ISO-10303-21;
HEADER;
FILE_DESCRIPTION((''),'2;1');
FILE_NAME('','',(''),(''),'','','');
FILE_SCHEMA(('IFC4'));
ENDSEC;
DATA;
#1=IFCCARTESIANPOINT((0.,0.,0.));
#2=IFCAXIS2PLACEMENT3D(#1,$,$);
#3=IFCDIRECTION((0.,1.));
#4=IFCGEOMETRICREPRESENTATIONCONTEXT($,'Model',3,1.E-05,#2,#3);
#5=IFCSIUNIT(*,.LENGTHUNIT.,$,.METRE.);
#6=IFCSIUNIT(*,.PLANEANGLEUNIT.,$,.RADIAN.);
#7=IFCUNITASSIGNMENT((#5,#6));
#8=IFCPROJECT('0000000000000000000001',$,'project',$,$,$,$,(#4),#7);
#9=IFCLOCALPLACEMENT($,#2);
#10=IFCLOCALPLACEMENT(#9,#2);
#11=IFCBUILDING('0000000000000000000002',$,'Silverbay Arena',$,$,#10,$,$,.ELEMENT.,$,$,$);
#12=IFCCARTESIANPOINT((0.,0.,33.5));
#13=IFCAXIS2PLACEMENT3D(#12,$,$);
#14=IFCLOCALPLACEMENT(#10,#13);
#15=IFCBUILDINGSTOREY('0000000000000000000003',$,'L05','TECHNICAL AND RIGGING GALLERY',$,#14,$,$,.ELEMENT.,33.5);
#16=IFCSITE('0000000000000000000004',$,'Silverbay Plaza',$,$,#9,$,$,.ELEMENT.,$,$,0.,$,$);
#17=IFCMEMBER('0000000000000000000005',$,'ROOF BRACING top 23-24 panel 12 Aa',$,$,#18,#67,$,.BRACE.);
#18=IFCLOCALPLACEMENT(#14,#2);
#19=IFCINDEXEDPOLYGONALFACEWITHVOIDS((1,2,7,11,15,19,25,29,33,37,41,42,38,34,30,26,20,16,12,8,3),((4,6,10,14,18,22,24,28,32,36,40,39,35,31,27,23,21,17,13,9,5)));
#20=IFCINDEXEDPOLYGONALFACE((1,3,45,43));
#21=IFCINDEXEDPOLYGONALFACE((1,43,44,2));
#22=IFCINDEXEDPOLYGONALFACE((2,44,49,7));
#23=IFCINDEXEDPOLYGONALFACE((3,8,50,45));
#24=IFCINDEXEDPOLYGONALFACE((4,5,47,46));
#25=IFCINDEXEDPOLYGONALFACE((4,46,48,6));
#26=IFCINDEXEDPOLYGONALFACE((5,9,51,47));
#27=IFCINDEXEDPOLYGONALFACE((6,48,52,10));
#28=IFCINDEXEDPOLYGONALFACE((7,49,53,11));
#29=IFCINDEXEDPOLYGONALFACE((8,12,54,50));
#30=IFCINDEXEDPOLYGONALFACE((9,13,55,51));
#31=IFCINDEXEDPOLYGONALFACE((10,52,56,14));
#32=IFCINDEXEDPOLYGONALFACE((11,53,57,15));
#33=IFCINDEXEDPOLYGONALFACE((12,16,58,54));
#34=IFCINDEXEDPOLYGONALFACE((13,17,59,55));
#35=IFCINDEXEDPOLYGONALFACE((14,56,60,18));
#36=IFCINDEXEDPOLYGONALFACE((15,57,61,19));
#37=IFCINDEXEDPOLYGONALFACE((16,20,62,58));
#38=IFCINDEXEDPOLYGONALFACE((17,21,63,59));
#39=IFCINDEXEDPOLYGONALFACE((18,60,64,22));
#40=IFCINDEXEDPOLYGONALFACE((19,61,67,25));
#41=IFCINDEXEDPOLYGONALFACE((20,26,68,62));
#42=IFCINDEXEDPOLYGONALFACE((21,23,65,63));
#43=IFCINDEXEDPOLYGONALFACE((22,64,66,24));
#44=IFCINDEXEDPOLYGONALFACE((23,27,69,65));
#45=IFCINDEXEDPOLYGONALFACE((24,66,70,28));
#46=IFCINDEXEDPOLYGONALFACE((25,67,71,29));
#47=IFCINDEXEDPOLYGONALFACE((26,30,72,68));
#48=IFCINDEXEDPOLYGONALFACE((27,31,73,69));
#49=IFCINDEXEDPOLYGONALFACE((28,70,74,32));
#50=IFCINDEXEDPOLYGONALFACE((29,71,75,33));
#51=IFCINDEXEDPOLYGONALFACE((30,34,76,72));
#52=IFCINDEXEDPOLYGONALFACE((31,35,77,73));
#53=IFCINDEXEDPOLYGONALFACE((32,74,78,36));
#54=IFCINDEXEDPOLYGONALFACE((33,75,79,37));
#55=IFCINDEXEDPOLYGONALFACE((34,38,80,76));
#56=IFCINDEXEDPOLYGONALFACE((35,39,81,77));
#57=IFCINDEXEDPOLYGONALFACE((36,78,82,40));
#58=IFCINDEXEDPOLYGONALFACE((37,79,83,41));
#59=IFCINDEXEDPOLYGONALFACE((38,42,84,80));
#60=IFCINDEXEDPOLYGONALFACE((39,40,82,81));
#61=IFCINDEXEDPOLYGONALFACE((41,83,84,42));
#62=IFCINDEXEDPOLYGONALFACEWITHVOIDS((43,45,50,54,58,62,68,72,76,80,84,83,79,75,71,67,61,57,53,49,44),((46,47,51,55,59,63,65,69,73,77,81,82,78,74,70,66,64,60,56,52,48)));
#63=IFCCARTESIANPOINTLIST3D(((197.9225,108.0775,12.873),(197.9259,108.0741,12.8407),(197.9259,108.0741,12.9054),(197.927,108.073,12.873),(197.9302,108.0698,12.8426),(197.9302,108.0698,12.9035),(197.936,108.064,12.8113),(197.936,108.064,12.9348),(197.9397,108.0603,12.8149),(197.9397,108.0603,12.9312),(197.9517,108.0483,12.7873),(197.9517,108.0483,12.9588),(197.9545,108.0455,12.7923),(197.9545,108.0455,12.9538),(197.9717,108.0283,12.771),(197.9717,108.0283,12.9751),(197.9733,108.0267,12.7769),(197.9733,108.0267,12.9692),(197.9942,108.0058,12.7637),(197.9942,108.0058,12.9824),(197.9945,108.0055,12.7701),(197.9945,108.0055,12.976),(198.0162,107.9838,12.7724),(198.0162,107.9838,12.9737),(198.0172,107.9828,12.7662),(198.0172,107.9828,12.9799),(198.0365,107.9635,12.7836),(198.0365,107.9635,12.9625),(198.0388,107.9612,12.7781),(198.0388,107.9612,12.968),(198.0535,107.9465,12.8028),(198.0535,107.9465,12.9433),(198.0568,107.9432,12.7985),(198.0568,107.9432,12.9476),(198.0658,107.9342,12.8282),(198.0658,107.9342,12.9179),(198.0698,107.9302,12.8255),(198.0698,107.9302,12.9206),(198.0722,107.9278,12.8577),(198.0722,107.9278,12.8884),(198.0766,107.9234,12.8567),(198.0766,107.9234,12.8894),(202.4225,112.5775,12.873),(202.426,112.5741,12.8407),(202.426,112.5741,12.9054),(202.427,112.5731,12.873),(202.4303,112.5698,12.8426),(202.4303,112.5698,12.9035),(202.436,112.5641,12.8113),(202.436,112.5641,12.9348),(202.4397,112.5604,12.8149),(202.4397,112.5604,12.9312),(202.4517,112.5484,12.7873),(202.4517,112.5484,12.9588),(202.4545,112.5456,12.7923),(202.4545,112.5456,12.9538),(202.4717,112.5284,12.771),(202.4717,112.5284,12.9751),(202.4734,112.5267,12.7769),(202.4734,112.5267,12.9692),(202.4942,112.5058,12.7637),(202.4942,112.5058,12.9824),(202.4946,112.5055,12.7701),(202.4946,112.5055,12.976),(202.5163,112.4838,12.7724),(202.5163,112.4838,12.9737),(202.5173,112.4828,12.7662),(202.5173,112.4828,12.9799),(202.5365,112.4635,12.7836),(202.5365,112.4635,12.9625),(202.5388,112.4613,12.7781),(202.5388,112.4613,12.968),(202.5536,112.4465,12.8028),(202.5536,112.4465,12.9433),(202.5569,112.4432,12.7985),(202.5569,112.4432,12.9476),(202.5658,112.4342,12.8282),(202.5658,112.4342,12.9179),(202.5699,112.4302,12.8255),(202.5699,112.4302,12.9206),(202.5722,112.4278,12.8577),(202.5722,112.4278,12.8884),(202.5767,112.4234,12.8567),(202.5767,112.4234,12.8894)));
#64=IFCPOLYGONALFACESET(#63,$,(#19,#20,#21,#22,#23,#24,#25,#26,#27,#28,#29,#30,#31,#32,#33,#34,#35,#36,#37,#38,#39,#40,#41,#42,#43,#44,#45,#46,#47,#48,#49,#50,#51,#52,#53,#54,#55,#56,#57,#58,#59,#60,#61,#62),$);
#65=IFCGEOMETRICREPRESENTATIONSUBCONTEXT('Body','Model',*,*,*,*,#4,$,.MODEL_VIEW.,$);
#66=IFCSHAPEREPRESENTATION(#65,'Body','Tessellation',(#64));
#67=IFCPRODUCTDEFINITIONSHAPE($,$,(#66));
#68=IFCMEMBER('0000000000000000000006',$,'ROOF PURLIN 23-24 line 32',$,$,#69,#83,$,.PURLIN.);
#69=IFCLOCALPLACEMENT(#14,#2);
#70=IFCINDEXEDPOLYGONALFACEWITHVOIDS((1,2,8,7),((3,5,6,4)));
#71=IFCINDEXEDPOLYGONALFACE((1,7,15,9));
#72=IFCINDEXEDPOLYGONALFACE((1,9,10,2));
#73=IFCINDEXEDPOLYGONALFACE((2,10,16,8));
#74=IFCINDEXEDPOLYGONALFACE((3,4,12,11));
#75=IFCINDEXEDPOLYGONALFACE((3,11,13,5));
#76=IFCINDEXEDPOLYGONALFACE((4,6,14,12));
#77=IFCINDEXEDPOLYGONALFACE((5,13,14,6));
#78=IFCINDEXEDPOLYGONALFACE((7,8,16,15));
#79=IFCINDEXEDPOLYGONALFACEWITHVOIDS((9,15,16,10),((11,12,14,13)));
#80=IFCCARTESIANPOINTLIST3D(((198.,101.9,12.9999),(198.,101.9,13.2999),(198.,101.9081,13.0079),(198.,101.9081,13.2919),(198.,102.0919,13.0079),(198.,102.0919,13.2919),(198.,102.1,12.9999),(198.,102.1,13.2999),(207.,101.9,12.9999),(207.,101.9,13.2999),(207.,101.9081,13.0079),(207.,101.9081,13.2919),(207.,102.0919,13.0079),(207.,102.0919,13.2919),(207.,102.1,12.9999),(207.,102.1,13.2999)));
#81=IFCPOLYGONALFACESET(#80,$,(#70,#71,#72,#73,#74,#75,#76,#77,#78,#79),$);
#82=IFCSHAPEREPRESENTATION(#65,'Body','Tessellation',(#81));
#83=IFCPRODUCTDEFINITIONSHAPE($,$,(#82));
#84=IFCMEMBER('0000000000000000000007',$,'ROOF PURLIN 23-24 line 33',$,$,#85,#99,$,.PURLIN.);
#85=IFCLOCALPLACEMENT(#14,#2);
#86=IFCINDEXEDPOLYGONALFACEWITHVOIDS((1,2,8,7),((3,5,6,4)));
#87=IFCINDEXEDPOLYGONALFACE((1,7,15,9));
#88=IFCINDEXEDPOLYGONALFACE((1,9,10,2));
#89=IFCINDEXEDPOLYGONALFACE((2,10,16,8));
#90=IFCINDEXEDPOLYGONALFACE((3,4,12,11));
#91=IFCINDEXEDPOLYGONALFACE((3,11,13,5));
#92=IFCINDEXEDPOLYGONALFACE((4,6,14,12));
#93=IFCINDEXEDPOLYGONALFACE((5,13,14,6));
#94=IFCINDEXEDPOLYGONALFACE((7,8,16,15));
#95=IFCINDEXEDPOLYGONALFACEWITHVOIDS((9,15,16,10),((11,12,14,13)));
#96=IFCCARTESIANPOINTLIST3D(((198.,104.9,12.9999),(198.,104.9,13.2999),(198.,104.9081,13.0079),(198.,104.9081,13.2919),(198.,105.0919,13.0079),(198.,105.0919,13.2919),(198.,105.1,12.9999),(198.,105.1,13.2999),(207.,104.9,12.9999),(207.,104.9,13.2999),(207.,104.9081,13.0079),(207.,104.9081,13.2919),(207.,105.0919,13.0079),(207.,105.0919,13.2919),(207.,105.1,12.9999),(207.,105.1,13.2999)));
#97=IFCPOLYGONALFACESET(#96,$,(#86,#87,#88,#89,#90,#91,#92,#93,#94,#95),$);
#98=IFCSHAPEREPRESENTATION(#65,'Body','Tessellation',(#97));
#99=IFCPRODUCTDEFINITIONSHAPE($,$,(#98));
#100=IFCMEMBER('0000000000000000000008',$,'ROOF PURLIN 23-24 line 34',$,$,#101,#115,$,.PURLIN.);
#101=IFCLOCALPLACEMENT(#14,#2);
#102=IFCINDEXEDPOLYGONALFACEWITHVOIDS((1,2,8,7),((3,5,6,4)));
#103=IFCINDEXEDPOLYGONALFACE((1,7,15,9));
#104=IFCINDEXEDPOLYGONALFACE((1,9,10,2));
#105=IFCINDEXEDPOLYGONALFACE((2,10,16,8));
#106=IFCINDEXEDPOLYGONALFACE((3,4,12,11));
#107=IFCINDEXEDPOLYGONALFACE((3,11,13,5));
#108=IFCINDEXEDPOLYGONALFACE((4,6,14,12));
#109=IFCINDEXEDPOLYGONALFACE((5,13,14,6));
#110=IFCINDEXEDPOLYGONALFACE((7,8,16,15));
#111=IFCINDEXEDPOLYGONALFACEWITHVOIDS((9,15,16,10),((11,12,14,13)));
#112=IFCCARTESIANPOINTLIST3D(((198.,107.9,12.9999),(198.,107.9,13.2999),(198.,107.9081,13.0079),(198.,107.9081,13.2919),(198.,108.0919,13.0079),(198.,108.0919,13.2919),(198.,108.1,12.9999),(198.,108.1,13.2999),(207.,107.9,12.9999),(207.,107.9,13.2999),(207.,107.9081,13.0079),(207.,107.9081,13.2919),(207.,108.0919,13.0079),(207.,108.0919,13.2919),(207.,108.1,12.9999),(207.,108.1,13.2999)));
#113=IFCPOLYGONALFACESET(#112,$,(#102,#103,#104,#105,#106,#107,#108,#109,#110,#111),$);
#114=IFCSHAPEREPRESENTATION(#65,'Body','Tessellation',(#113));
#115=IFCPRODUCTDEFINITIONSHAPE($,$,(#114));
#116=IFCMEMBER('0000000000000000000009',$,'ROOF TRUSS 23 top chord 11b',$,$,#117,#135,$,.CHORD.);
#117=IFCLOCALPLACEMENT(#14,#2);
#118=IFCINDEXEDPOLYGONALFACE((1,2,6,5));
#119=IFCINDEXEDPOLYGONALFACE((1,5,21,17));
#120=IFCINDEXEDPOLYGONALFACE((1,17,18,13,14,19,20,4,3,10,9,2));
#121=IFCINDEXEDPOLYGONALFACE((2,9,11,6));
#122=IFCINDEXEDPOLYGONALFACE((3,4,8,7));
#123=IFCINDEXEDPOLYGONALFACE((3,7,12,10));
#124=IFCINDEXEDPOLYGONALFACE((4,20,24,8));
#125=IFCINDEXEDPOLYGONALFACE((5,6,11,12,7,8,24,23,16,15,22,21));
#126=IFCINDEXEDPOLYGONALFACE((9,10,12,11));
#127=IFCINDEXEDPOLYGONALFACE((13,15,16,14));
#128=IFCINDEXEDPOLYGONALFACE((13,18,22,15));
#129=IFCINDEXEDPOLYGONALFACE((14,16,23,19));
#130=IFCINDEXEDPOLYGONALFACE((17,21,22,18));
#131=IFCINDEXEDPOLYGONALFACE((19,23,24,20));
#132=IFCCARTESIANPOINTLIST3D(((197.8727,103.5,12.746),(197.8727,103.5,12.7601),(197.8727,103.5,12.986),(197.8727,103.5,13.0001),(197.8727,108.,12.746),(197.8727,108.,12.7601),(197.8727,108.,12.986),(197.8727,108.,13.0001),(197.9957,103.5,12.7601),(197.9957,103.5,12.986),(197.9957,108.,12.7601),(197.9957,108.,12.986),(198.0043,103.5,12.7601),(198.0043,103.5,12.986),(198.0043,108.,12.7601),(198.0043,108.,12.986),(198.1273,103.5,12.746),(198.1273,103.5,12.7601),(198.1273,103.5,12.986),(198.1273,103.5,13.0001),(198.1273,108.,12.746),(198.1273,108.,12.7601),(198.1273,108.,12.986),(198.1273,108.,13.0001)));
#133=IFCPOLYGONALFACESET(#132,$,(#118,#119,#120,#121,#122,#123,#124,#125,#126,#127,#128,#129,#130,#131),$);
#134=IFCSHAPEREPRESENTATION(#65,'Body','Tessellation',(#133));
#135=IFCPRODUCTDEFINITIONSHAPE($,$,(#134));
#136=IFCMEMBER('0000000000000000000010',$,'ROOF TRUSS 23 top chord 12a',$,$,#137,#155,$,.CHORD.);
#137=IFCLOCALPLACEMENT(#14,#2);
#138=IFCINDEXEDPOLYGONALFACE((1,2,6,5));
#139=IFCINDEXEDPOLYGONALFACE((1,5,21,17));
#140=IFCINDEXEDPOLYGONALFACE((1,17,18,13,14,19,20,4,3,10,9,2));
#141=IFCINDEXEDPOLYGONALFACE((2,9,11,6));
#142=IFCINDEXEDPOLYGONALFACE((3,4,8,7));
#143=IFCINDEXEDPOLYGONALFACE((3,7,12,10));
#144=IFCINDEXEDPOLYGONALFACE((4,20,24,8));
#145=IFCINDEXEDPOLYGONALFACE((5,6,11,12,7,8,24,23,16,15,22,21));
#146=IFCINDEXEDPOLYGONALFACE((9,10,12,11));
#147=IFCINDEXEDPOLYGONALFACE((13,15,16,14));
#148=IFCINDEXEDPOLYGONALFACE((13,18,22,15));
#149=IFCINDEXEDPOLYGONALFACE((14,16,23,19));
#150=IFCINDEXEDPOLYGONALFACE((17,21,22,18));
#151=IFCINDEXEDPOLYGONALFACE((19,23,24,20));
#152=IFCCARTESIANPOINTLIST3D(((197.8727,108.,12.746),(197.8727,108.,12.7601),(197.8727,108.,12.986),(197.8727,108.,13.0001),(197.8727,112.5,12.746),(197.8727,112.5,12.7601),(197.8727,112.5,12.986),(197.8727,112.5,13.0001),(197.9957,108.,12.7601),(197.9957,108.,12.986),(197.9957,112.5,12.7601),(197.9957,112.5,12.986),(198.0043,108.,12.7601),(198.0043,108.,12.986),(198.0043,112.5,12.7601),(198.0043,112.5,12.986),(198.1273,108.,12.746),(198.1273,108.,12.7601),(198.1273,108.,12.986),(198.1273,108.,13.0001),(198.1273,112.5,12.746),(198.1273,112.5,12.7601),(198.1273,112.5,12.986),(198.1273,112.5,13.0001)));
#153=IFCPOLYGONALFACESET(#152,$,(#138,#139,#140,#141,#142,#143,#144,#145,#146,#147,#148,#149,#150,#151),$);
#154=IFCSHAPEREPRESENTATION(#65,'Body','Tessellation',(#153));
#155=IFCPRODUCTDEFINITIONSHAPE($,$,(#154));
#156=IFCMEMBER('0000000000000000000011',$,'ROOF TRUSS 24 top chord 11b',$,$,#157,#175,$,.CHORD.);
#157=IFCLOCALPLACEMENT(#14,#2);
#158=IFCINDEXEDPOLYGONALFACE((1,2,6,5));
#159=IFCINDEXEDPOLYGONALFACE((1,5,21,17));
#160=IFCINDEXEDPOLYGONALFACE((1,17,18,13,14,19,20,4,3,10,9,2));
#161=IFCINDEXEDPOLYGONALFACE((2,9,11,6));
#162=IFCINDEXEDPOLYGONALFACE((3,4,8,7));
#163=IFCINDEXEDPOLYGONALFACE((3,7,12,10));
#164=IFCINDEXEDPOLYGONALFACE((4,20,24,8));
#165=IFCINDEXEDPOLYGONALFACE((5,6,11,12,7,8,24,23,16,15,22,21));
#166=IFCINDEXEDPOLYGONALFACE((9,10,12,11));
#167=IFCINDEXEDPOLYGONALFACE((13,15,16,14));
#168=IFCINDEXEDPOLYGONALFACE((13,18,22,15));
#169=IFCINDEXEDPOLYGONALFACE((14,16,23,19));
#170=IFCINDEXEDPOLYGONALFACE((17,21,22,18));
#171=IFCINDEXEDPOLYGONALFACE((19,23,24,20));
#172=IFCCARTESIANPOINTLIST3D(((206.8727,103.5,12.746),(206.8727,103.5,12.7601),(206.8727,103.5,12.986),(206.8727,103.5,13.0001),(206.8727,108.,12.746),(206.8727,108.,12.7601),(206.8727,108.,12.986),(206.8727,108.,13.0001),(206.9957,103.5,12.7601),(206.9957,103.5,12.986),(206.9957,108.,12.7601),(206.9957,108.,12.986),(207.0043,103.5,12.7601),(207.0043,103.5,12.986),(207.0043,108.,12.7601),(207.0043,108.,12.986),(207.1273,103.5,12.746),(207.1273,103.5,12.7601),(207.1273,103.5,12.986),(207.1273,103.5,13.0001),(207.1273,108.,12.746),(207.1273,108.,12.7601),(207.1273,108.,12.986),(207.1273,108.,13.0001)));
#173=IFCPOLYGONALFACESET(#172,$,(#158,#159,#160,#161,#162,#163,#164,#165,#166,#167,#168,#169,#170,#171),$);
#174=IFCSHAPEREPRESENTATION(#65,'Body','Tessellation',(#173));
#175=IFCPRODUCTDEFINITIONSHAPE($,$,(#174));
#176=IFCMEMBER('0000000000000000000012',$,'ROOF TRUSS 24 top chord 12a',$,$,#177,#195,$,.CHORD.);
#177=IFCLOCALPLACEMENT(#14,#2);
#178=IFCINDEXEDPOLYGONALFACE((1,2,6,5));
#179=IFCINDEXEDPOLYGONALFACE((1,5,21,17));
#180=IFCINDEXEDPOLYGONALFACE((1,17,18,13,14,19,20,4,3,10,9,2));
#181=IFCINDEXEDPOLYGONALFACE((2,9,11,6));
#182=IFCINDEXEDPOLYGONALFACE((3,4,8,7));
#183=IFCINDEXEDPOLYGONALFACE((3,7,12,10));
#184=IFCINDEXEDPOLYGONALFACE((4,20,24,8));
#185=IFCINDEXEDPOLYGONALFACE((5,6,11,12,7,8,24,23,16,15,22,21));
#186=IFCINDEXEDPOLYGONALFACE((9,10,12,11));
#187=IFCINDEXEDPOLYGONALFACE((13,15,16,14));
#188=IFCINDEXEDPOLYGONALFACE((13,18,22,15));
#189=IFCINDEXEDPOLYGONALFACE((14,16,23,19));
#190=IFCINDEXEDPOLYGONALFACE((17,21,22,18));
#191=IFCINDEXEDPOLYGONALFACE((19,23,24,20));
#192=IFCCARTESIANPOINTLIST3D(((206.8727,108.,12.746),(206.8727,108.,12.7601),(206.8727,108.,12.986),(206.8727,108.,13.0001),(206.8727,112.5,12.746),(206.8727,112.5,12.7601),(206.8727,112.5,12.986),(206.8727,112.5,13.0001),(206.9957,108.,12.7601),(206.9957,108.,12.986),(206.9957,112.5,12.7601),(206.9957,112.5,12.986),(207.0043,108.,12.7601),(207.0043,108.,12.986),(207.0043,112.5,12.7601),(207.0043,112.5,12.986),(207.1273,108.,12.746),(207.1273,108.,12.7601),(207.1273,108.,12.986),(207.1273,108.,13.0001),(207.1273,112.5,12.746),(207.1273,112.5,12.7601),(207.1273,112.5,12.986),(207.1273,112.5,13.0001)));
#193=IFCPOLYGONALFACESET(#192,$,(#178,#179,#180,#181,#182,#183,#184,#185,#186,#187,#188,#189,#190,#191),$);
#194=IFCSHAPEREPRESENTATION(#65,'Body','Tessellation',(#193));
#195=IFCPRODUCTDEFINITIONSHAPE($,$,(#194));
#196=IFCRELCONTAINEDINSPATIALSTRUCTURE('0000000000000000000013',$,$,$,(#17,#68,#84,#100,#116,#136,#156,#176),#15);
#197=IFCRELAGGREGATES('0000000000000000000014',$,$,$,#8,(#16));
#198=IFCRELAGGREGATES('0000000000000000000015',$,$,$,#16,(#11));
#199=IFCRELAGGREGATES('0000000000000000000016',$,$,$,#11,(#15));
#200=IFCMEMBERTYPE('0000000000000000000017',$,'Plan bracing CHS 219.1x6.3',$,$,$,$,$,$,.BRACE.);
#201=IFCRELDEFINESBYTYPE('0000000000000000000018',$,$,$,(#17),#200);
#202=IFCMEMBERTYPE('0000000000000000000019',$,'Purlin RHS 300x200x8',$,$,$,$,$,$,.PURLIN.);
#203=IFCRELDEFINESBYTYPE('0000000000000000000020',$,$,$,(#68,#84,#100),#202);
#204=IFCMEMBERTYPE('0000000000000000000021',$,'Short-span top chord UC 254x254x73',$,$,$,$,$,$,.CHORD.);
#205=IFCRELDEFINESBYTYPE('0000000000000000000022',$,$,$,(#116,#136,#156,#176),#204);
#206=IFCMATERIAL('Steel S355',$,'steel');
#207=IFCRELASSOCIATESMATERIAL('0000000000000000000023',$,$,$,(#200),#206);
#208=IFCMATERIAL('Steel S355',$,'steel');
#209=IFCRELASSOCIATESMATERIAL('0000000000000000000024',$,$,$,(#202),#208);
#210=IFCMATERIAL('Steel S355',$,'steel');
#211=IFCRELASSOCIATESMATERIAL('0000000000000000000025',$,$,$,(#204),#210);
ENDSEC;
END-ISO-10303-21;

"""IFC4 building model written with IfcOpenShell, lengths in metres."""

from ifc_helpers import new_model, si_unit, direction, frame, origin, origin_2d, place, context, subcontext, project, spatial, hollow_rectangle, hollow_circle, i_section, extrude, material, material_profile, profile_set, type_object, element, save


model = new_model("IFC4")

# Units and contexts
model_context = context("Model", 3, precision=1e-05, world=origin(), true_north=direction((0.0, 1.0)))
body_context = subcontext(model_context, "Body", "Model", "MODEL_VIEW")
ifc_project = project(units=[si_unit("LENGTHUNIT", "METRE"), si_unit("PLANEANGLEUNIT", "RADIAN")], contexts=[model_context])

# Site, building, storey
site_placement = place(None, origin())
site = spatial("IfcSite", under=ifc_project, at=site_placement, Name="Silverbay Plaza", CompositionType="ELEMENT", RefElevation=0.0)
building_placement = place(site_placement, origin())
building = spatial("IfcBuilding", under=site, at=building_placement, Name="Silverbay Arena", CompositionType="ELEMENT")
storey_placement = place(building_placement, frame((0.0, 0.0, 33.5)))
storey = spatial("IfcBuildingStorey", under=building, at=storey_placement, Name="L05", Description="TECHNICAL AND RIGGING GALLERY", CompositionType="ELEMENT", Elevation=33.5)

# Members
ifc_material_1 = material(Name="Steel S355", Category="steel")
ifc_material_profile_1 = material_profile(ifc_material_1, hollow_circle(Radius=0.1096, WallThickness=0.0063, at=origin_2d()), Name="CHS 219.1x6.3")
ifc_profile_set_1 = profile_set([ifc_material_profile_1], Name="Steel S355")
member_type_1 = type_object("IfcMemberType", Name="Plan bracing CHS 219.1x6.3", PredefinedType="BRACE", material=ifc_profile_set_1)
member_1_placement = place(storey_placement, frame((198.0, 108.0, 12.873), z_axis=(0.707107, 0.707107, 0.0), x_axis=(-0.707107, 0.707107, 0.0)))
element("IfcMember", 1, at=member_1_placement, inside=storey, type_object=member_type_1, Name="ROOF BRACING top 23-24 panel 12 Aa", PredefinedType="BRACE", context=body_context, shape_type="SweptSolid", body=[
    extrude(hollow_circle(Radius=0.1096, WallThickness=0.0063, at=origin_2d()), origin(), (0.0, 0.0, 1.0), 6.364),
])
ifc_material_2 = material(Name="Steel S355", Category="steel")
ifc_material_profile_2 = material_profile(ifc_material_2, hollow_rectangle(XDim=0.2, YDim=0.3, WallThickness=0.0081, at=origin_2d()), Name="RHS 300x200x8")
ifc_profile_set_2 = profile_set([ifc_material_profile_2], Name="Steel S355")
member_type_2 = type_object("IfcMemberType", Name="Purlin RHS 300x200x8", PredefinedType="PURLIN", material=ifc_profile_set_2)
for number, where, z_axis, x_axis, name in (
    (2, (198.0, 102.0, 13.1499), (1.0, 0.0, 0.0), (0.0, 1.0, 0.0), "ROOF PURLIN 23-24 line 32"),
    (3, (198.0, 105.0, 13.1499), (1.0, 0.0, 0.0), (0.0, 1.0, 0.0), "ROOF PURLIN 23-24 line 33"),
    (4, (198.0, 108.0, 13.1499), (1.0, 0.0, 0.0), (0.0, 1.0, 0.0), "ROOF PURLIN 23-24 line 34"),
):
    element("IfcMember", number, at=place(storey_placement, frame(where, z_axis=z_axis, x_axis=x_axis)), inside=storey, type_object=member_type_2, Name=name, PredefinedType="PURLIN", context=body_context, shape_type="SweptSolid", body=[
        extrude(hollow_rectangle(XDim=0.2, YDim=0.3, WallThickness=0.0081, at=origin_2d()), origin(), (0.0, 0.0, 1.0), 9.0),
    ])
ifc_material_3 = material(Name="Steel S355", Category="steel")
ifc_material_profile_3 = material_profile(ifc_material_3, i_section(OverallWidth=0.2546, OverallDepth=0.2542, WebThickness=0.0085, FlangeThickness=0.0142, at=origin_2d()), Name="UC 254x254x73")
ifc_profile_set_3 = profile_set([ifc_material_profile_3], Name="Steel S355")
member_type_3 = type_object("IfcMemberType", Name="Short-span top chord UC 254x254x73", PredefinedType="CHORD", material=ifc_profile_set_3)
for number, where, z_axis, x_axis, name in (
    (5, (198.0, 103.5, 12.873), (0.0, 1.0, 0.0), (-1.0, 0.0, 0.0), "ROOF TRUSS 23 top chord 11b"),
    (6, (198.0, 108.0, 12.873), (0.0, 1.0, 0.0), (-1.0, 0.0, 0.0), "ROOF TRUSS 23 top chord 12a"),
    (7, (207.0, 103.5, 12.873), (0.0, 1.0, 0.0), (-1.0, 0.0, 0.0), "ROOF TRUSS 24 top chord 11b"),
    (8, (207.0, 108.0, 12.873), (0.0, 1.0, 0.0), (-1.0, 0.0, 0.0), "ROOF TRUSS 24 top chord 12a"),
):
    element("IfcMember", number, at=place(storey_placement, frame(where, z_axis=z_axis, x_axis=x_axis)), inside=storey, type_object=member_type_3, Name=name, PredefinedType="CHORD", context=body_context, shape_type="SweptSolid", body=[
        extrude(i_section(OverallWidth=0.2546, OverallDepth=0.2542, WebThickness=0.0085, FlangeThickness=0.0142, at=origin_2d()), origin(), (0.0, 0.0, 1.0), 4.5),
    ])

save(model, "model.ifc")
